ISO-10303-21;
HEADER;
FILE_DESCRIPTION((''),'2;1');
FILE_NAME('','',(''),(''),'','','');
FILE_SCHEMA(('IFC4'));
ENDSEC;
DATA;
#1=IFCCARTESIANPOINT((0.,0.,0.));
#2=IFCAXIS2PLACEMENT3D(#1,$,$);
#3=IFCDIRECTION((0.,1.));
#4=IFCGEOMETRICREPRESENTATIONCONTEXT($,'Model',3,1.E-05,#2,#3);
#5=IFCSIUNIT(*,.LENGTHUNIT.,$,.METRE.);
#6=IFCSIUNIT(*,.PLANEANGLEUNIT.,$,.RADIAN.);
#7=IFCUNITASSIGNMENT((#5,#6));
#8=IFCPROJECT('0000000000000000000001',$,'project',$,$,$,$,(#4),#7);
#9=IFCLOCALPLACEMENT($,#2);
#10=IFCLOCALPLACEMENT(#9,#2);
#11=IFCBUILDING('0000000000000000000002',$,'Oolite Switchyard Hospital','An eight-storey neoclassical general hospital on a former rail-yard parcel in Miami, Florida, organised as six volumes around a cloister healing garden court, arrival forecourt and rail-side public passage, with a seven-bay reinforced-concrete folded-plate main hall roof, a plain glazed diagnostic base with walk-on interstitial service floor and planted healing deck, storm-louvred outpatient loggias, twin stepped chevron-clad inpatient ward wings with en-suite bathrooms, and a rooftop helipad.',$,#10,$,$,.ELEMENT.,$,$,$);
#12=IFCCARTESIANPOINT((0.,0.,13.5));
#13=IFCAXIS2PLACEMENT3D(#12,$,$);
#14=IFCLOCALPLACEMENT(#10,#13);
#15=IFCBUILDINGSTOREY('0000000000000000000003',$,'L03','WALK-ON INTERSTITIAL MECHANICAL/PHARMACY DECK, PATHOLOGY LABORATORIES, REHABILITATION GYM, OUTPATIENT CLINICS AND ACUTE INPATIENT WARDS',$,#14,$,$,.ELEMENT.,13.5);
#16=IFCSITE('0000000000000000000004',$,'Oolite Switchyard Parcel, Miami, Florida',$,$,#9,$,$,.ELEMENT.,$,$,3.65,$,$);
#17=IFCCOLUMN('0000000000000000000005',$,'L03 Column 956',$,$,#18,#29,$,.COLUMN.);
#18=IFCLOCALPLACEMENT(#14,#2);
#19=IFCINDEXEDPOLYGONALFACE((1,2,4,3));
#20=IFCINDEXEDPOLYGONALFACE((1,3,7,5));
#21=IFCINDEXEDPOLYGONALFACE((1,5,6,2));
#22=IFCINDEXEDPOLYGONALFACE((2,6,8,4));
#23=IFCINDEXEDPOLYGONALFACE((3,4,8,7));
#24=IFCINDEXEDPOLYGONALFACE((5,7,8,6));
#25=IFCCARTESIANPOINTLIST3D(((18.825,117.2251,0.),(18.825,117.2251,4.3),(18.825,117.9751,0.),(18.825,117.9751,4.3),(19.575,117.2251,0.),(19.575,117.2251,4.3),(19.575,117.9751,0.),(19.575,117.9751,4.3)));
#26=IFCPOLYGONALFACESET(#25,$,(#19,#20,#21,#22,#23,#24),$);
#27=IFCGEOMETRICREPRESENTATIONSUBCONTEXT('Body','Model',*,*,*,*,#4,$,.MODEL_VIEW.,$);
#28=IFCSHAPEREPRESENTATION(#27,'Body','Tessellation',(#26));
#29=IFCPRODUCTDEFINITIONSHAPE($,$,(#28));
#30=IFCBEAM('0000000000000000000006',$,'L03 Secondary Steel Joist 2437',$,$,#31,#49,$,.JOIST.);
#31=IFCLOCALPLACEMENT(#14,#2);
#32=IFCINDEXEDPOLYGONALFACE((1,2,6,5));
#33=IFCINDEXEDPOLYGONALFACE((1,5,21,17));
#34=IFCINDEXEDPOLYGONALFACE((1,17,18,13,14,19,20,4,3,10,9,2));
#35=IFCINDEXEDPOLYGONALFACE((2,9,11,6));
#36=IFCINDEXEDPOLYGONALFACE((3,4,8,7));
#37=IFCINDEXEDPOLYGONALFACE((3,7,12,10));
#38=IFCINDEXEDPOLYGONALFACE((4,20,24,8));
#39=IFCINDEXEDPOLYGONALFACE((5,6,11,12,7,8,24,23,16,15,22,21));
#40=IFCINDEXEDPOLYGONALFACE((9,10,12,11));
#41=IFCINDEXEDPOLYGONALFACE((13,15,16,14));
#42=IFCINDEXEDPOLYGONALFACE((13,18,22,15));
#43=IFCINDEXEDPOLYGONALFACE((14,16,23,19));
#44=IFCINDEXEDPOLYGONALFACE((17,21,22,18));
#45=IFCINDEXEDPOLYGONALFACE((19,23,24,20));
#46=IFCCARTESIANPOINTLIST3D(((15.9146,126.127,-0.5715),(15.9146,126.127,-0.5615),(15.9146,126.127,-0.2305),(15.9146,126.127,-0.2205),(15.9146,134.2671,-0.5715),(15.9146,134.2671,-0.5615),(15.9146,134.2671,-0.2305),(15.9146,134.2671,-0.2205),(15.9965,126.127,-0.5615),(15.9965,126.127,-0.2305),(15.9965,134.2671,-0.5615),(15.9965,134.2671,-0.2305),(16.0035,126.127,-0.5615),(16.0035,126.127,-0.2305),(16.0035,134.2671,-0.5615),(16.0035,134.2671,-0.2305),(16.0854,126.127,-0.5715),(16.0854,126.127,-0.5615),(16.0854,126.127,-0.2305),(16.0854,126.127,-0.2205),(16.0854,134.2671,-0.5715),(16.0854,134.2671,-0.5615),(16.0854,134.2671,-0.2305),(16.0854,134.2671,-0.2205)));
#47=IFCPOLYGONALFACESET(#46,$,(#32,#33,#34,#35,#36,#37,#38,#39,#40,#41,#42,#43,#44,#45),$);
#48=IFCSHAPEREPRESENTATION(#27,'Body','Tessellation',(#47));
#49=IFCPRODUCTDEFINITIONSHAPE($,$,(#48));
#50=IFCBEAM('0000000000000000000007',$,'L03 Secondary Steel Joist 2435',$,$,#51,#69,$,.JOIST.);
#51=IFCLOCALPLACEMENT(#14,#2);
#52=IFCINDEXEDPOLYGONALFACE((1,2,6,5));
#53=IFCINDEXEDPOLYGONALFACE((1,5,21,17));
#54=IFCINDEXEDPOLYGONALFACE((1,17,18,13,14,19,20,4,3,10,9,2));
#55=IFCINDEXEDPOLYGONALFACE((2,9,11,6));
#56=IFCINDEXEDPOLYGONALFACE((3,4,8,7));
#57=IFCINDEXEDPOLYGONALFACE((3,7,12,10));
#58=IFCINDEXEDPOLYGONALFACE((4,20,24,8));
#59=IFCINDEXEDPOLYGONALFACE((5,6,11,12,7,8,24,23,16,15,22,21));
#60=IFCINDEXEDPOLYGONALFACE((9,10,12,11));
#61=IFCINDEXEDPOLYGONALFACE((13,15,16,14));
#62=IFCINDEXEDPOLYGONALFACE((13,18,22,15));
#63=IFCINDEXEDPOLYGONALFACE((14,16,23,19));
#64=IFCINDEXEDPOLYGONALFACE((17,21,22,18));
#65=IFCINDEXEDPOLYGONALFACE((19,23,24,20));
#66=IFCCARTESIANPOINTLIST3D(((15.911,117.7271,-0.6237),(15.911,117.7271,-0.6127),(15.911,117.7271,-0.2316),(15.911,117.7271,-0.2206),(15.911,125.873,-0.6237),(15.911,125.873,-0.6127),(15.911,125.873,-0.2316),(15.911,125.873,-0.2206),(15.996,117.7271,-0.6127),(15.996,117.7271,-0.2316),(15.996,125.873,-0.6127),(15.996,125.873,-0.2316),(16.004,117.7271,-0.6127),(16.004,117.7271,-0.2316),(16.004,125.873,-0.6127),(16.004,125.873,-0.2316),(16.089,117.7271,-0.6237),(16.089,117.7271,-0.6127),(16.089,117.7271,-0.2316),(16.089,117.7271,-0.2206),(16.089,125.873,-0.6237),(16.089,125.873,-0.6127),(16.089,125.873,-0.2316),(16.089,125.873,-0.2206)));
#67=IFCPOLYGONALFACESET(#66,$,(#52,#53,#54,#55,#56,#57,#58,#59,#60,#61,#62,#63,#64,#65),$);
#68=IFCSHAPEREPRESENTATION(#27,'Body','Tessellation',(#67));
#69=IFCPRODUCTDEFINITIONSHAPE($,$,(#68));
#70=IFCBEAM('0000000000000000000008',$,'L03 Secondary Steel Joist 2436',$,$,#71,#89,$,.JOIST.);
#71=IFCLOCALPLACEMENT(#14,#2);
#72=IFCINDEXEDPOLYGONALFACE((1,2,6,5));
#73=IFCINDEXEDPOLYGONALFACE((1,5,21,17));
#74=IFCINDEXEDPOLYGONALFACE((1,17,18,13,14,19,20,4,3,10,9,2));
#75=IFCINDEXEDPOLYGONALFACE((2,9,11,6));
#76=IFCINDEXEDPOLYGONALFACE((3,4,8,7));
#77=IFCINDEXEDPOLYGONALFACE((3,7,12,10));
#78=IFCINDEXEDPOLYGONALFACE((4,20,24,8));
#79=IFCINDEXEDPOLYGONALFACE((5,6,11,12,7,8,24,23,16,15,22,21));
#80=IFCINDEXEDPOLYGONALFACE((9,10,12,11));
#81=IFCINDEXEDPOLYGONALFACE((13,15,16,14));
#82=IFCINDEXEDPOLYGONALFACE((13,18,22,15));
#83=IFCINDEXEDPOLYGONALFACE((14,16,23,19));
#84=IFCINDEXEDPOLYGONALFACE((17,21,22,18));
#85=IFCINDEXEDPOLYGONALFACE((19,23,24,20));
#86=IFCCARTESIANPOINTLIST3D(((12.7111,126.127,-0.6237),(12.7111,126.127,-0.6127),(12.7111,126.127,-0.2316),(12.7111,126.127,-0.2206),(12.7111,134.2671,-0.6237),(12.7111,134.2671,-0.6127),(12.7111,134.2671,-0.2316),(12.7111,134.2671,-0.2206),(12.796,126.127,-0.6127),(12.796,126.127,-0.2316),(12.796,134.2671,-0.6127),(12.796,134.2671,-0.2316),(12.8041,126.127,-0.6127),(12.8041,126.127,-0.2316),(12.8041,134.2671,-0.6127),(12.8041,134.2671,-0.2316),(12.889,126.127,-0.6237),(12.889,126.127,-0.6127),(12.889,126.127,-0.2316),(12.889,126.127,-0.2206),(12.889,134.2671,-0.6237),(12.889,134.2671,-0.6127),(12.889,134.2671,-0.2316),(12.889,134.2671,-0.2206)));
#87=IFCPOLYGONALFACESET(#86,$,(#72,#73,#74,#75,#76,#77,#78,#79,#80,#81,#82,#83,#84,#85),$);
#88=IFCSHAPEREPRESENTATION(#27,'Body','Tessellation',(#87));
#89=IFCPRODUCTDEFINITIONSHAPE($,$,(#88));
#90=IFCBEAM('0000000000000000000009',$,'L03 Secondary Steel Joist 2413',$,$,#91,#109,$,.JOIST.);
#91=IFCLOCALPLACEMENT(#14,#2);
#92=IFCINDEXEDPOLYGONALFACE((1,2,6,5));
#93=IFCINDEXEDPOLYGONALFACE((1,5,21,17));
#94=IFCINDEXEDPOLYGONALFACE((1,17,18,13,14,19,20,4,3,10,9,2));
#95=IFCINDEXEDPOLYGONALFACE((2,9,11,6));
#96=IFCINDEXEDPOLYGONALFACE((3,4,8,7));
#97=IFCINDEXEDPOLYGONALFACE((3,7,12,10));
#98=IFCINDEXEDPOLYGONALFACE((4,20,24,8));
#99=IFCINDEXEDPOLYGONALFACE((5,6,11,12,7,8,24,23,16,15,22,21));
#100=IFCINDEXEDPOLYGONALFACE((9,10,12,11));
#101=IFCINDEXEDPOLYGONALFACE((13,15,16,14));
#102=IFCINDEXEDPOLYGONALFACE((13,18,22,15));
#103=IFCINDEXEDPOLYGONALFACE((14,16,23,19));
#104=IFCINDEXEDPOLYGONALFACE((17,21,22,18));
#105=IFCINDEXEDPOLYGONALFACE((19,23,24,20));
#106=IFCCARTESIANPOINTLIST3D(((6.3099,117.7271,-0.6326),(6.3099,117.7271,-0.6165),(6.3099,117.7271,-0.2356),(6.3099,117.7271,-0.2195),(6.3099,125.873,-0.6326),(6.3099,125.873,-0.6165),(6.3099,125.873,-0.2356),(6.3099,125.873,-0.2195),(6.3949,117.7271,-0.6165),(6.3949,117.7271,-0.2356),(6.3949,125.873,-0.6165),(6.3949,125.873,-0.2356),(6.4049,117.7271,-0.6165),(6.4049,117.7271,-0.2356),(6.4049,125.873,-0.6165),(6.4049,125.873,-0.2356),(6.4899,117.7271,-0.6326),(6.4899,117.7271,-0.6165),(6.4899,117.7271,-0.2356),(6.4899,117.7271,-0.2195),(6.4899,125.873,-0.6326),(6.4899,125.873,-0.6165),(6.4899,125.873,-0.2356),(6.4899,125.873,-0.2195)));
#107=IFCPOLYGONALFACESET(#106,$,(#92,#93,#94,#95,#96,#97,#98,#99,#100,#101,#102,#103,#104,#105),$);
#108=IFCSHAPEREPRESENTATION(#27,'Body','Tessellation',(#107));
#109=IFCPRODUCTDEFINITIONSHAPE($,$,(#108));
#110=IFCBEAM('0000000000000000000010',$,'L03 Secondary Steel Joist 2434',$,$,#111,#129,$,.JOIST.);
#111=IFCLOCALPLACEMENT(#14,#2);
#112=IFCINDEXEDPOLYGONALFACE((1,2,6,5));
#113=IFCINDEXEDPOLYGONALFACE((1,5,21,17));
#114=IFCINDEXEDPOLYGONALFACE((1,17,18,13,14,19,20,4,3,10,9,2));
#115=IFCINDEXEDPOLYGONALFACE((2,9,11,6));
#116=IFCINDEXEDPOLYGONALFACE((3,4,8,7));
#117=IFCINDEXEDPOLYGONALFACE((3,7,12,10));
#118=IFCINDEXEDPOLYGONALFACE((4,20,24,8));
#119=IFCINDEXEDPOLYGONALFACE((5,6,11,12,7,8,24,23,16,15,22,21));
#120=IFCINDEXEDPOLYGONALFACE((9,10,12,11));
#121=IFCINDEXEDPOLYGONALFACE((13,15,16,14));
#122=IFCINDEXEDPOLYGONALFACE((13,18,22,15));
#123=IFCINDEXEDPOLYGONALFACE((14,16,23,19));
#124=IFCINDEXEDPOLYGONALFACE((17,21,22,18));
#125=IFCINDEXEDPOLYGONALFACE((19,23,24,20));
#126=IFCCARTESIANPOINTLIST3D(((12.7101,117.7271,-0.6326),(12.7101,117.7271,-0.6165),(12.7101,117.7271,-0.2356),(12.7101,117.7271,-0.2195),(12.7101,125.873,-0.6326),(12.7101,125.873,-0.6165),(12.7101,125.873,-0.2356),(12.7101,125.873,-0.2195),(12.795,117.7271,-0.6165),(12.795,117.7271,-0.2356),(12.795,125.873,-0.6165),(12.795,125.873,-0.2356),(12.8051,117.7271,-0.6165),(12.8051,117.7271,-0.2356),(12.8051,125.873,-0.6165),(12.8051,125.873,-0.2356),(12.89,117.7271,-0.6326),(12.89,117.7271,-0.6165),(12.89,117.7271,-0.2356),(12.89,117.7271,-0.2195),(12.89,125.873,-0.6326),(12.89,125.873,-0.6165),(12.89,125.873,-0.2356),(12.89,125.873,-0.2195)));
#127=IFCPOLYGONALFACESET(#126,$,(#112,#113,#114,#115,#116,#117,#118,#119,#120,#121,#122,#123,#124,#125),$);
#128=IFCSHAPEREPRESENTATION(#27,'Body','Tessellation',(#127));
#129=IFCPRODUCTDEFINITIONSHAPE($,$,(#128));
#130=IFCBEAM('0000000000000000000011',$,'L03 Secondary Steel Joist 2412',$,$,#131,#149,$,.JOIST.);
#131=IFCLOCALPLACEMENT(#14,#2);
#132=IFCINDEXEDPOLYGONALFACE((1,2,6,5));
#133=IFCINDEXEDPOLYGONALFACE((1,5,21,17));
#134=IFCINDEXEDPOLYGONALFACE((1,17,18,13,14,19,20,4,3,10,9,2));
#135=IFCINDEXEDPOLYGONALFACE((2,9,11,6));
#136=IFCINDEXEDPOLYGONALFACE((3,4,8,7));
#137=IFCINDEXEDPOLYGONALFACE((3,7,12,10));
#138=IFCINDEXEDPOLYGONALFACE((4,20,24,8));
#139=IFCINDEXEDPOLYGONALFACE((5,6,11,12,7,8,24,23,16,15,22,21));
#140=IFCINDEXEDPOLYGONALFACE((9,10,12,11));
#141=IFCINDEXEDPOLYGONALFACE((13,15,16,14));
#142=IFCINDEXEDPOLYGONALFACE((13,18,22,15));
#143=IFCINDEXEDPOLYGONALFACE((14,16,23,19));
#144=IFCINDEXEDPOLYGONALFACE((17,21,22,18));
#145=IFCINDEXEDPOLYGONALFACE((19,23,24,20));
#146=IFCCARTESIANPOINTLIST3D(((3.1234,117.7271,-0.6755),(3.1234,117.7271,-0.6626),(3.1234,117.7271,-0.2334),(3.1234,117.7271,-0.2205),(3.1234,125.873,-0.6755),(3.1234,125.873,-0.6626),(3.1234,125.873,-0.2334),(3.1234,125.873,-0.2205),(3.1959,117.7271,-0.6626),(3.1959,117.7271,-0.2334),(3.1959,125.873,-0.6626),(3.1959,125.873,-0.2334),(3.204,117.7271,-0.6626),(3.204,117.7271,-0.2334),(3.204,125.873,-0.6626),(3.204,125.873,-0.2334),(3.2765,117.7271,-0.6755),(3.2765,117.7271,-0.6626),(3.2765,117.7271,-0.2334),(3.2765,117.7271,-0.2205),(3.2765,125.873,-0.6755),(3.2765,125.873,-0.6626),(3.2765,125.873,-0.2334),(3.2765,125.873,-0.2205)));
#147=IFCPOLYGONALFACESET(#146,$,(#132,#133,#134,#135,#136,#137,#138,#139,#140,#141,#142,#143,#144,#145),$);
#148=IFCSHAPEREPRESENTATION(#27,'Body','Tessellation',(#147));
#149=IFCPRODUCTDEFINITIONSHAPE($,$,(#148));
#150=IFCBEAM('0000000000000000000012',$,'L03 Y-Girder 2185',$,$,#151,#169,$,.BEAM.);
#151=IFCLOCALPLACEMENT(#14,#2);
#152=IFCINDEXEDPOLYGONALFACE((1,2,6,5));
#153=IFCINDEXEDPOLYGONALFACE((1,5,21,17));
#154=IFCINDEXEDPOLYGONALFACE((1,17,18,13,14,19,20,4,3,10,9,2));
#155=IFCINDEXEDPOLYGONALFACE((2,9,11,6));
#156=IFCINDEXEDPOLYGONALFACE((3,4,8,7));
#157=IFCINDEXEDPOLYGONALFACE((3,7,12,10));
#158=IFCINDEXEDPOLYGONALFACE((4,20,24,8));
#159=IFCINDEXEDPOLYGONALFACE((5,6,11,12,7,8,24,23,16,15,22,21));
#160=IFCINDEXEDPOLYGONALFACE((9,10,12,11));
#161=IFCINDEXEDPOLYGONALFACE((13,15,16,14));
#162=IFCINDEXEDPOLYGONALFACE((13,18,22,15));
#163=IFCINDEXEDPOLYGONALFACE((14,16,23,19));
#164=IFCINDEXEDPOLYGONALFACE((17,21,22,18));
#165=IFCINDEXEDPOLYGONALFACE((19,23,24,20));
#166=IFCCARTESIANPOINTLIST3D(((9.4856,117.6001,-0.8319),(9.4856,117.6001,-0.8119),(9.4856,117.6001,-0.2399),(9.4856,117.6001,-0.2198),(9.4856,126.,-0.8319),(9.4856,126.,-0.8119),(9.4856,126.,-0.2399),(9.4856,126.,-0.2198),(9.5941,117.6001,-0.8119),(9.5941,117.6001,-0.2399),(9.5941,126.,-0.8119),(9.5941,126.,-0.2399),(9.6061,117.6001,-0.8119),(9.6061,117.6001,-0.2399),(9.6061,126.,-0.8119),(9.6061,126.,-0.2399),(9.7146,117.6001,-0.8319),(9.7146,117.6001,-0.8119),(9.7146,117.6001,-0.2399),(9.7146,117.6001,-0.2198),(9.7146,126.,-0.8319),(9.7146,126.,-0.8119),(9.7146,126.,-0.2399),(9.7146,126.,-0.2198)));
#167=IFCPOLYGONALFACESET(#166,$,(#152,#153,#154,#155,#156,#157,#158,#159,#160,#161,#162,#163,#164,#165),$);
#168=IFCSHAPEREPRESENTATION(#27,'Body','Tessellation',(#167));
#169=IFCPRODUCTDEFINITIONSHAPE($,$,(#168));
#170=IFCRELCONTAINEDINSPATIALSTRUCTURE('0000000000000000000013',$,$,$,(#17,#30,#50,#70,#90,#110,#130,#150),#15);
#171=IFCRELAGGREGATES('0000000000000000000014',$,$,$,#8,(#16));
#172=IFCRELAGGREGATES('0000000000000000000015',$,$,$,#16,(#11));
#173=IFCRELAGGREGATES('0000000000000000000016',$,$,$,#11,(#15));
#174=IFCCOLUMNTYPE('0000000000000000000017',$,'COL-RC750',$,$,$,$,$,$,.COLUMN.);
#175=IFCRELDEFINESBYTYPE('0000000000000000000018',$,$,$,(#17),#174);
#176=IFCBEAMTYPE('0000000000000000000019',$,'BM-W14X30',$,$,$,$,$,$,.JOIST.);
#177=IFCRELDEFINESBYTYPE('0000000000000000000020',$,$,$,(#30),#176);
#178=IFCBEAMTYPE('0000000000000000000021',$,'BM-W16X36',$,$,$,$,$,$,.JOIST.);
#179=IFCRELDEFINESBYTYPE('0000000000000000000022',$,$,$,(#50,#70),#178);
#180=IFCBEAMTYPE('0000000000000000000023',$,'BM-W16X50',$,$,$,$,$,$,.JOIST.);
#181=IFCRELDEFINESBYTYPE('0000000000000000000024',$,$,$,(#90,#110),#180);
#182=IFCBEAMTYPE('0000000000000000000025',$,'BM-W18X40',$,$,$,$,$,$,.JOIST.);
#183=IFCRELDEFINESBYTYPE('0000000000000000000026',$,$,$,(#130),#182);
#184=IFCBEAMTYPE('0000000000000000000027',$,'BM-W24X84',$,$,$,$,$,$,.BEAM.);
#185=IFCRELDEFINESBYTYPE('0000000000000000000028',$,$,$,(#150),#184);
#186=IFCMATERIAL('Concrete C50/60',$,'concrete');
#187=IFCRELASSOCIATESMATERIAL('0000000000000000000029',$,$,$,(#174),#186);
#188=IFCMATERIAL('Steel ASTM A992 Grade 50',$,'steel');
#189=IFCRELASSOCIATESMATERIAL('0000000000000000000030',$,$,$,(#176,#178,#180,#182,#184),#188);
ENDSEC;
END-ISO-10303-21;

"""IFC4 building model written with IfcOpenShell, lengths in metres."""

from ifc_helpers import new_model, si_unit, direction, frame, origin, origin_2d, place, context, subcontext, project, spatial, rectangle, i_section, extrude, material, material_profile, profile_set, type_object, element, save


model = new_model("IFC4")

# Units and contexts
model_context = context("Model", 3, precision=1e-05, world=origin(), true_north=direction((0.0, 1.0)))
body_context = subcontext(model_context, "Body", "Model", "MODEL_VIEW")
ifc_project = project(units=[si_unit("LENGTHUNIT", "METRE"), si_unit("PLANEANGLEUNIT", "RADIAN")], contexts=[model_context])

# Site, building, storey
site_placement = place(None, origin())
site = spatial("IfcSite", under=ifc_project, at=site_placement, Name="Oolite Switchyard Parcel, Miami, Florida", CompositionType="ELEMENT", RefElevation=3.65)
building_placement = place(site_placement, origin())
building = spatial("IfcBuilding", under=site, at=building_placement, Name="Oolite Switchyard Hospital", Description="An eight-storey neoclassical general hospital on a former rail-yard parcel in Miami, Florida, organised as six volumes around a cloister healing garden court, arrival forecourt and rail-side public passage, with a seven-bay reinforced-concrete folded-plate main hall roof, a plain glazed diagnostic base with walk-on interstitial service floor and planted healing deck, storm-louvred outpatient loggias, twin stepped chevron-clad inpatient ward wings with en-suite bathrooms, and a rooftop helipad.", CompositionType="ELEMENT")
storey_placement = place(building_placement, frame((0.0, 0.0, 13.5)))
storey = spatial("IfcBuildingStorey", under=building, at=storey_placement, Name="L03", Description="WALK-ON INTERSTITIAL MECHANICAL/PHARMACY DECK, PATHOLOGY LABORATORIES, REHABILITATION GYM, OUTPATIENT CLINICS AND ACUTE INPATIENT WARDS", CompositionType="ELEMENT", Elevation=13.5)

# Column
ifc_material_1 = material(Name="Concrete C50/60", Category="concrete")
ifc_material_profile_1 = material_profile(ifc_material_1, rectangle(XDim=0.75, YDim=0.75, at=origin_2d()), Name="RC750X750")
ifc_profile_set_1 = profile_set([ifc_material_profile_1], Name="Concrete C50/60")
column_type = type_object("IfcColumnType", Name="COL-RC750", PredefinedType="COLUMN", material=ifc_profile_set_1)
column_placement = place(storey_placement, frame((19.2, 117.6001, 0.0), z_axis=(0.0, 0.0, 1.0), x_axis=(1.0, 0.0, 0.0)))
element("IfcColumn", 1, at=column_placement, inside=storey, type_object=column_type, Name="L03 Column 956", PredefinedType="COLUMN", context=body_context, shape_type="SweptSolid", body=[
    extrude(rectangle(XDim=0.75, YDim=0.75, at=origin_2d()), origin(), (0.0, 0.0, 1.0), 4.3),
])

# Beams
ifc_material_2 = material(Name="Steel ASTM A992 Grade 50", Category="steel")
ifc_material_profile_2 = material_profile(ifc_material_2, i_section(OverallWidth=0.1709, OverallDepth=0.3511, WebThickness=0.0071, FlangeThickness=0.01, at=origin_2d()), Name="W14X30")
ifc_profile_set_2 = profile_set([ifc_material_profile_2], Name="Steel ASTM A992 Grade 50")
beam_type_1 = type_object("IfcBeamType", Name="BM-W14X30", PredefinedType="JOIST", material=ifc_profile_set_2)
beam_1_placement = place(storey_placement, frame((16.0, 126.127, -0.396), z_axis=(0.0, 1.0, 0.0), x_axis=(-1.0, 0.0, 0.0)))
element("IfcBeam", 2, at=beam_1_placement, inside=storey, type_object=beam_type_1, Name="L03 Secondary Steel Joist 2437", PredefinedType="JOIST", context=body_context, shape_type="SweptSolid", body=[
    extrude(i_section(OverallWidth=0.1709, OverallDepth=0.3511, WebThickness=0.0071, FlangeThickness=0.01, at=origin_2d()), origin(), (0.0, 0.0, 1.0), 8.1401),
])
ifc_material_profile_3 = material_profile(ifc_material_2, i_section(OverallWidth=0.178, OverallDepth=0.4031, WebThickness=0.0081, FlangeThickness=0.011, at=origin_2d()), Name="W16X36")
ifc_profile_set_3 = profile_set([ifc_material_profile_3], Name="Steel ASTM A992 Grade 50")
beam_type_2 = type_object("IfcBeamType", Name="BM-W16X36", PredefinedType="JOIST", material=ifc_profile_set_3)
beam_2_placement = place(storey_placement, frame((16.0, 117.7271, -0.4221), z_axis=(0.0, 1.0, 0.0), x_axis=(-1.0, 0.0, 0.0)))
element("IfcBeam", 3, at=beam_2_placement, inside=storey, type_object=beam_type_2, Name="L03 Secondary Steel Joist 2435", PredefinedType="JOIST", context=body_context, shape_type="SweptSolid", body=[
    extrude(i_section(OverallWidth=0.178, OverallDepth=0.4031, WebThickness=0.0081, FlangeThickness=0.011, at=origin_2d()), origin(), (0.0, 0.0, 1.0), 8.146),
])
beam_3_placement = place(storey_placement, frame((12.8, 126.127, -0.4221), z_axis=(0.0, 1.0, 0.0), x_axis=(-1.0, 0.0, 0.0)))
element("IfcBeam", 4, at=beam_3_placement, inside=storey, type_object=beam_type_2, Name="L03 Secondary Steel Joist 2436", PredefinedType="JOIST", context=body_context, shape_type="SweptSolid", body=[
    extrude(i_section(OverallWidth=0.178, OverallDepth=0.4031, WebThickness=0.0081, FlangeThickness=0.011, at=origin_2d()), origin(), (0.0, 0.0, 1.0), 8.1401),
])
ifc_material_profile_4 = material_profile(ifc_material_2, i_section(OverallWidth=0.1799, OverallDepth=0.4131, WebThickness=0.01, FlangeThickness=0.0161, at=origin_2d()), Name="W16X50")
ifc_profile_set_4 = profile_set([ifc_material_profile_4], Name="Steel ASTM A992 Grade 50")
beam_type_3 = type_object("IfcBeamType", Name="BM-W16X50", PredefinedType="JOIST", material=ifc_profile_set_4)
for number, where, z_axis, x_axis, name in (
    (5, (6.3999, 117.7271, -0.426), (0.0, 1.0, 0.0), (-1.0, 0.0, 0.0), "L03 Secondary Steel Joist 2413"),
    (6, (12.8, 117.7271, -0.426), (0.0, 1.0, 0.0), (-1.0, 0.0, 0.0), "L03 Secondary Steel Joist 2434"),
):
    element("IfcBeam", number, at=place(storey_placement, frame(where, z_axis=z_axis, x_axis=x_axis)), inside=storey, type_object=beam_type_3, Name=name, PredefinedType="JOIST", context=body_context, shape_type="SweptSolid", body=[
        extrude(i_section(OverallWidth=0.1799, OverallDepth=0.4131, WebThickness=0.01, FlangeThickness=0.0161, at=origin_2d()), origin(), (0.0, 0.0, 1.0), 8.146),
    ])
ifc_material_profile_5 = material_profile(ifc_material_2, i_section(OverallWidth=0.1531, OverallDepth=0.4551, WebThickness=0.0081, FlangeThickness=0.0129, at=origin_2d()), Name="W18X40")
ifc_profile_set_5 = profile_set([ifc_material_profile_5], Name="Steel ASTM A992 Grade 50")
beam_type_4 = type_object("IfcBeamType", Name="BM-W18X40", PredefinedType="JOIST", material=ifc_profile_set_5)
beam_4_placement = place(storey_placement, frame((3.2, 117.7271, -0.448), z_axis=(0.0, 1.0, 0.0), x_axis=(-1.0, 0.0, 0.0)))
element("IfcBeam", 7, at=beam_4_placement, inside=storey, type_object=beam_type_4, Name="L03 Secondary Steel Joist 2412", PredefinedType="JOIST", context=body_context, shape_type="SweptSolid", body=[
    extrude(i_section(OverallWidth=0.1531, OverallDepth=0.4551, WebThickness=0.0081, FlangeThickness=0.0129, at=origin_2d()), origin(), (0.0, 0.0, 1.0), 8.146),
])
ifc_material_profile_6 = material_profile(ifc_material_2, i_section(OverallWidth=0.229, OverallDepth=0.6121, WebThickness=0.012, FlangeThickness=0.02, at=origin_2d()), Name="W24X84")
ifc_profile_set_6 = profile_set([ifc_material_profile_6], Name="Steel ASTM A992 Grade 50")
beam_type_5 = type_object("IfcBeamType", Name="BM-W24X84", PredefinedType="BEAM", material=ifc_profile_set_6)
for number, where, z_axis, x_axis, name in (
    (8, (9.6001, 117.6001, -0.5259), (0.0, 1.0, 0.0), (-1.0, 0.0, 0.0), "L03 Y-Girder 2185"),
):
    element("IfcBeam", number, at=place(storey_placement, frame(where, z_axis=z_axis, x_axis=x_axis)), inside=storey, type_object=beam_type_5, Name=name, PredefinedType="BEAM", context=body_context, shape_type="SweptSolid", body=[
        extrude(i_section(OverallWidth=0.229, OverallDepth=0.6121, WebThickness=0.012, FlangeThickness=0.02, at=origin_2d()), origin(), (0.0, 0.0, 1.0), 8.3999),
    ])

save(model, "model.ifc")
